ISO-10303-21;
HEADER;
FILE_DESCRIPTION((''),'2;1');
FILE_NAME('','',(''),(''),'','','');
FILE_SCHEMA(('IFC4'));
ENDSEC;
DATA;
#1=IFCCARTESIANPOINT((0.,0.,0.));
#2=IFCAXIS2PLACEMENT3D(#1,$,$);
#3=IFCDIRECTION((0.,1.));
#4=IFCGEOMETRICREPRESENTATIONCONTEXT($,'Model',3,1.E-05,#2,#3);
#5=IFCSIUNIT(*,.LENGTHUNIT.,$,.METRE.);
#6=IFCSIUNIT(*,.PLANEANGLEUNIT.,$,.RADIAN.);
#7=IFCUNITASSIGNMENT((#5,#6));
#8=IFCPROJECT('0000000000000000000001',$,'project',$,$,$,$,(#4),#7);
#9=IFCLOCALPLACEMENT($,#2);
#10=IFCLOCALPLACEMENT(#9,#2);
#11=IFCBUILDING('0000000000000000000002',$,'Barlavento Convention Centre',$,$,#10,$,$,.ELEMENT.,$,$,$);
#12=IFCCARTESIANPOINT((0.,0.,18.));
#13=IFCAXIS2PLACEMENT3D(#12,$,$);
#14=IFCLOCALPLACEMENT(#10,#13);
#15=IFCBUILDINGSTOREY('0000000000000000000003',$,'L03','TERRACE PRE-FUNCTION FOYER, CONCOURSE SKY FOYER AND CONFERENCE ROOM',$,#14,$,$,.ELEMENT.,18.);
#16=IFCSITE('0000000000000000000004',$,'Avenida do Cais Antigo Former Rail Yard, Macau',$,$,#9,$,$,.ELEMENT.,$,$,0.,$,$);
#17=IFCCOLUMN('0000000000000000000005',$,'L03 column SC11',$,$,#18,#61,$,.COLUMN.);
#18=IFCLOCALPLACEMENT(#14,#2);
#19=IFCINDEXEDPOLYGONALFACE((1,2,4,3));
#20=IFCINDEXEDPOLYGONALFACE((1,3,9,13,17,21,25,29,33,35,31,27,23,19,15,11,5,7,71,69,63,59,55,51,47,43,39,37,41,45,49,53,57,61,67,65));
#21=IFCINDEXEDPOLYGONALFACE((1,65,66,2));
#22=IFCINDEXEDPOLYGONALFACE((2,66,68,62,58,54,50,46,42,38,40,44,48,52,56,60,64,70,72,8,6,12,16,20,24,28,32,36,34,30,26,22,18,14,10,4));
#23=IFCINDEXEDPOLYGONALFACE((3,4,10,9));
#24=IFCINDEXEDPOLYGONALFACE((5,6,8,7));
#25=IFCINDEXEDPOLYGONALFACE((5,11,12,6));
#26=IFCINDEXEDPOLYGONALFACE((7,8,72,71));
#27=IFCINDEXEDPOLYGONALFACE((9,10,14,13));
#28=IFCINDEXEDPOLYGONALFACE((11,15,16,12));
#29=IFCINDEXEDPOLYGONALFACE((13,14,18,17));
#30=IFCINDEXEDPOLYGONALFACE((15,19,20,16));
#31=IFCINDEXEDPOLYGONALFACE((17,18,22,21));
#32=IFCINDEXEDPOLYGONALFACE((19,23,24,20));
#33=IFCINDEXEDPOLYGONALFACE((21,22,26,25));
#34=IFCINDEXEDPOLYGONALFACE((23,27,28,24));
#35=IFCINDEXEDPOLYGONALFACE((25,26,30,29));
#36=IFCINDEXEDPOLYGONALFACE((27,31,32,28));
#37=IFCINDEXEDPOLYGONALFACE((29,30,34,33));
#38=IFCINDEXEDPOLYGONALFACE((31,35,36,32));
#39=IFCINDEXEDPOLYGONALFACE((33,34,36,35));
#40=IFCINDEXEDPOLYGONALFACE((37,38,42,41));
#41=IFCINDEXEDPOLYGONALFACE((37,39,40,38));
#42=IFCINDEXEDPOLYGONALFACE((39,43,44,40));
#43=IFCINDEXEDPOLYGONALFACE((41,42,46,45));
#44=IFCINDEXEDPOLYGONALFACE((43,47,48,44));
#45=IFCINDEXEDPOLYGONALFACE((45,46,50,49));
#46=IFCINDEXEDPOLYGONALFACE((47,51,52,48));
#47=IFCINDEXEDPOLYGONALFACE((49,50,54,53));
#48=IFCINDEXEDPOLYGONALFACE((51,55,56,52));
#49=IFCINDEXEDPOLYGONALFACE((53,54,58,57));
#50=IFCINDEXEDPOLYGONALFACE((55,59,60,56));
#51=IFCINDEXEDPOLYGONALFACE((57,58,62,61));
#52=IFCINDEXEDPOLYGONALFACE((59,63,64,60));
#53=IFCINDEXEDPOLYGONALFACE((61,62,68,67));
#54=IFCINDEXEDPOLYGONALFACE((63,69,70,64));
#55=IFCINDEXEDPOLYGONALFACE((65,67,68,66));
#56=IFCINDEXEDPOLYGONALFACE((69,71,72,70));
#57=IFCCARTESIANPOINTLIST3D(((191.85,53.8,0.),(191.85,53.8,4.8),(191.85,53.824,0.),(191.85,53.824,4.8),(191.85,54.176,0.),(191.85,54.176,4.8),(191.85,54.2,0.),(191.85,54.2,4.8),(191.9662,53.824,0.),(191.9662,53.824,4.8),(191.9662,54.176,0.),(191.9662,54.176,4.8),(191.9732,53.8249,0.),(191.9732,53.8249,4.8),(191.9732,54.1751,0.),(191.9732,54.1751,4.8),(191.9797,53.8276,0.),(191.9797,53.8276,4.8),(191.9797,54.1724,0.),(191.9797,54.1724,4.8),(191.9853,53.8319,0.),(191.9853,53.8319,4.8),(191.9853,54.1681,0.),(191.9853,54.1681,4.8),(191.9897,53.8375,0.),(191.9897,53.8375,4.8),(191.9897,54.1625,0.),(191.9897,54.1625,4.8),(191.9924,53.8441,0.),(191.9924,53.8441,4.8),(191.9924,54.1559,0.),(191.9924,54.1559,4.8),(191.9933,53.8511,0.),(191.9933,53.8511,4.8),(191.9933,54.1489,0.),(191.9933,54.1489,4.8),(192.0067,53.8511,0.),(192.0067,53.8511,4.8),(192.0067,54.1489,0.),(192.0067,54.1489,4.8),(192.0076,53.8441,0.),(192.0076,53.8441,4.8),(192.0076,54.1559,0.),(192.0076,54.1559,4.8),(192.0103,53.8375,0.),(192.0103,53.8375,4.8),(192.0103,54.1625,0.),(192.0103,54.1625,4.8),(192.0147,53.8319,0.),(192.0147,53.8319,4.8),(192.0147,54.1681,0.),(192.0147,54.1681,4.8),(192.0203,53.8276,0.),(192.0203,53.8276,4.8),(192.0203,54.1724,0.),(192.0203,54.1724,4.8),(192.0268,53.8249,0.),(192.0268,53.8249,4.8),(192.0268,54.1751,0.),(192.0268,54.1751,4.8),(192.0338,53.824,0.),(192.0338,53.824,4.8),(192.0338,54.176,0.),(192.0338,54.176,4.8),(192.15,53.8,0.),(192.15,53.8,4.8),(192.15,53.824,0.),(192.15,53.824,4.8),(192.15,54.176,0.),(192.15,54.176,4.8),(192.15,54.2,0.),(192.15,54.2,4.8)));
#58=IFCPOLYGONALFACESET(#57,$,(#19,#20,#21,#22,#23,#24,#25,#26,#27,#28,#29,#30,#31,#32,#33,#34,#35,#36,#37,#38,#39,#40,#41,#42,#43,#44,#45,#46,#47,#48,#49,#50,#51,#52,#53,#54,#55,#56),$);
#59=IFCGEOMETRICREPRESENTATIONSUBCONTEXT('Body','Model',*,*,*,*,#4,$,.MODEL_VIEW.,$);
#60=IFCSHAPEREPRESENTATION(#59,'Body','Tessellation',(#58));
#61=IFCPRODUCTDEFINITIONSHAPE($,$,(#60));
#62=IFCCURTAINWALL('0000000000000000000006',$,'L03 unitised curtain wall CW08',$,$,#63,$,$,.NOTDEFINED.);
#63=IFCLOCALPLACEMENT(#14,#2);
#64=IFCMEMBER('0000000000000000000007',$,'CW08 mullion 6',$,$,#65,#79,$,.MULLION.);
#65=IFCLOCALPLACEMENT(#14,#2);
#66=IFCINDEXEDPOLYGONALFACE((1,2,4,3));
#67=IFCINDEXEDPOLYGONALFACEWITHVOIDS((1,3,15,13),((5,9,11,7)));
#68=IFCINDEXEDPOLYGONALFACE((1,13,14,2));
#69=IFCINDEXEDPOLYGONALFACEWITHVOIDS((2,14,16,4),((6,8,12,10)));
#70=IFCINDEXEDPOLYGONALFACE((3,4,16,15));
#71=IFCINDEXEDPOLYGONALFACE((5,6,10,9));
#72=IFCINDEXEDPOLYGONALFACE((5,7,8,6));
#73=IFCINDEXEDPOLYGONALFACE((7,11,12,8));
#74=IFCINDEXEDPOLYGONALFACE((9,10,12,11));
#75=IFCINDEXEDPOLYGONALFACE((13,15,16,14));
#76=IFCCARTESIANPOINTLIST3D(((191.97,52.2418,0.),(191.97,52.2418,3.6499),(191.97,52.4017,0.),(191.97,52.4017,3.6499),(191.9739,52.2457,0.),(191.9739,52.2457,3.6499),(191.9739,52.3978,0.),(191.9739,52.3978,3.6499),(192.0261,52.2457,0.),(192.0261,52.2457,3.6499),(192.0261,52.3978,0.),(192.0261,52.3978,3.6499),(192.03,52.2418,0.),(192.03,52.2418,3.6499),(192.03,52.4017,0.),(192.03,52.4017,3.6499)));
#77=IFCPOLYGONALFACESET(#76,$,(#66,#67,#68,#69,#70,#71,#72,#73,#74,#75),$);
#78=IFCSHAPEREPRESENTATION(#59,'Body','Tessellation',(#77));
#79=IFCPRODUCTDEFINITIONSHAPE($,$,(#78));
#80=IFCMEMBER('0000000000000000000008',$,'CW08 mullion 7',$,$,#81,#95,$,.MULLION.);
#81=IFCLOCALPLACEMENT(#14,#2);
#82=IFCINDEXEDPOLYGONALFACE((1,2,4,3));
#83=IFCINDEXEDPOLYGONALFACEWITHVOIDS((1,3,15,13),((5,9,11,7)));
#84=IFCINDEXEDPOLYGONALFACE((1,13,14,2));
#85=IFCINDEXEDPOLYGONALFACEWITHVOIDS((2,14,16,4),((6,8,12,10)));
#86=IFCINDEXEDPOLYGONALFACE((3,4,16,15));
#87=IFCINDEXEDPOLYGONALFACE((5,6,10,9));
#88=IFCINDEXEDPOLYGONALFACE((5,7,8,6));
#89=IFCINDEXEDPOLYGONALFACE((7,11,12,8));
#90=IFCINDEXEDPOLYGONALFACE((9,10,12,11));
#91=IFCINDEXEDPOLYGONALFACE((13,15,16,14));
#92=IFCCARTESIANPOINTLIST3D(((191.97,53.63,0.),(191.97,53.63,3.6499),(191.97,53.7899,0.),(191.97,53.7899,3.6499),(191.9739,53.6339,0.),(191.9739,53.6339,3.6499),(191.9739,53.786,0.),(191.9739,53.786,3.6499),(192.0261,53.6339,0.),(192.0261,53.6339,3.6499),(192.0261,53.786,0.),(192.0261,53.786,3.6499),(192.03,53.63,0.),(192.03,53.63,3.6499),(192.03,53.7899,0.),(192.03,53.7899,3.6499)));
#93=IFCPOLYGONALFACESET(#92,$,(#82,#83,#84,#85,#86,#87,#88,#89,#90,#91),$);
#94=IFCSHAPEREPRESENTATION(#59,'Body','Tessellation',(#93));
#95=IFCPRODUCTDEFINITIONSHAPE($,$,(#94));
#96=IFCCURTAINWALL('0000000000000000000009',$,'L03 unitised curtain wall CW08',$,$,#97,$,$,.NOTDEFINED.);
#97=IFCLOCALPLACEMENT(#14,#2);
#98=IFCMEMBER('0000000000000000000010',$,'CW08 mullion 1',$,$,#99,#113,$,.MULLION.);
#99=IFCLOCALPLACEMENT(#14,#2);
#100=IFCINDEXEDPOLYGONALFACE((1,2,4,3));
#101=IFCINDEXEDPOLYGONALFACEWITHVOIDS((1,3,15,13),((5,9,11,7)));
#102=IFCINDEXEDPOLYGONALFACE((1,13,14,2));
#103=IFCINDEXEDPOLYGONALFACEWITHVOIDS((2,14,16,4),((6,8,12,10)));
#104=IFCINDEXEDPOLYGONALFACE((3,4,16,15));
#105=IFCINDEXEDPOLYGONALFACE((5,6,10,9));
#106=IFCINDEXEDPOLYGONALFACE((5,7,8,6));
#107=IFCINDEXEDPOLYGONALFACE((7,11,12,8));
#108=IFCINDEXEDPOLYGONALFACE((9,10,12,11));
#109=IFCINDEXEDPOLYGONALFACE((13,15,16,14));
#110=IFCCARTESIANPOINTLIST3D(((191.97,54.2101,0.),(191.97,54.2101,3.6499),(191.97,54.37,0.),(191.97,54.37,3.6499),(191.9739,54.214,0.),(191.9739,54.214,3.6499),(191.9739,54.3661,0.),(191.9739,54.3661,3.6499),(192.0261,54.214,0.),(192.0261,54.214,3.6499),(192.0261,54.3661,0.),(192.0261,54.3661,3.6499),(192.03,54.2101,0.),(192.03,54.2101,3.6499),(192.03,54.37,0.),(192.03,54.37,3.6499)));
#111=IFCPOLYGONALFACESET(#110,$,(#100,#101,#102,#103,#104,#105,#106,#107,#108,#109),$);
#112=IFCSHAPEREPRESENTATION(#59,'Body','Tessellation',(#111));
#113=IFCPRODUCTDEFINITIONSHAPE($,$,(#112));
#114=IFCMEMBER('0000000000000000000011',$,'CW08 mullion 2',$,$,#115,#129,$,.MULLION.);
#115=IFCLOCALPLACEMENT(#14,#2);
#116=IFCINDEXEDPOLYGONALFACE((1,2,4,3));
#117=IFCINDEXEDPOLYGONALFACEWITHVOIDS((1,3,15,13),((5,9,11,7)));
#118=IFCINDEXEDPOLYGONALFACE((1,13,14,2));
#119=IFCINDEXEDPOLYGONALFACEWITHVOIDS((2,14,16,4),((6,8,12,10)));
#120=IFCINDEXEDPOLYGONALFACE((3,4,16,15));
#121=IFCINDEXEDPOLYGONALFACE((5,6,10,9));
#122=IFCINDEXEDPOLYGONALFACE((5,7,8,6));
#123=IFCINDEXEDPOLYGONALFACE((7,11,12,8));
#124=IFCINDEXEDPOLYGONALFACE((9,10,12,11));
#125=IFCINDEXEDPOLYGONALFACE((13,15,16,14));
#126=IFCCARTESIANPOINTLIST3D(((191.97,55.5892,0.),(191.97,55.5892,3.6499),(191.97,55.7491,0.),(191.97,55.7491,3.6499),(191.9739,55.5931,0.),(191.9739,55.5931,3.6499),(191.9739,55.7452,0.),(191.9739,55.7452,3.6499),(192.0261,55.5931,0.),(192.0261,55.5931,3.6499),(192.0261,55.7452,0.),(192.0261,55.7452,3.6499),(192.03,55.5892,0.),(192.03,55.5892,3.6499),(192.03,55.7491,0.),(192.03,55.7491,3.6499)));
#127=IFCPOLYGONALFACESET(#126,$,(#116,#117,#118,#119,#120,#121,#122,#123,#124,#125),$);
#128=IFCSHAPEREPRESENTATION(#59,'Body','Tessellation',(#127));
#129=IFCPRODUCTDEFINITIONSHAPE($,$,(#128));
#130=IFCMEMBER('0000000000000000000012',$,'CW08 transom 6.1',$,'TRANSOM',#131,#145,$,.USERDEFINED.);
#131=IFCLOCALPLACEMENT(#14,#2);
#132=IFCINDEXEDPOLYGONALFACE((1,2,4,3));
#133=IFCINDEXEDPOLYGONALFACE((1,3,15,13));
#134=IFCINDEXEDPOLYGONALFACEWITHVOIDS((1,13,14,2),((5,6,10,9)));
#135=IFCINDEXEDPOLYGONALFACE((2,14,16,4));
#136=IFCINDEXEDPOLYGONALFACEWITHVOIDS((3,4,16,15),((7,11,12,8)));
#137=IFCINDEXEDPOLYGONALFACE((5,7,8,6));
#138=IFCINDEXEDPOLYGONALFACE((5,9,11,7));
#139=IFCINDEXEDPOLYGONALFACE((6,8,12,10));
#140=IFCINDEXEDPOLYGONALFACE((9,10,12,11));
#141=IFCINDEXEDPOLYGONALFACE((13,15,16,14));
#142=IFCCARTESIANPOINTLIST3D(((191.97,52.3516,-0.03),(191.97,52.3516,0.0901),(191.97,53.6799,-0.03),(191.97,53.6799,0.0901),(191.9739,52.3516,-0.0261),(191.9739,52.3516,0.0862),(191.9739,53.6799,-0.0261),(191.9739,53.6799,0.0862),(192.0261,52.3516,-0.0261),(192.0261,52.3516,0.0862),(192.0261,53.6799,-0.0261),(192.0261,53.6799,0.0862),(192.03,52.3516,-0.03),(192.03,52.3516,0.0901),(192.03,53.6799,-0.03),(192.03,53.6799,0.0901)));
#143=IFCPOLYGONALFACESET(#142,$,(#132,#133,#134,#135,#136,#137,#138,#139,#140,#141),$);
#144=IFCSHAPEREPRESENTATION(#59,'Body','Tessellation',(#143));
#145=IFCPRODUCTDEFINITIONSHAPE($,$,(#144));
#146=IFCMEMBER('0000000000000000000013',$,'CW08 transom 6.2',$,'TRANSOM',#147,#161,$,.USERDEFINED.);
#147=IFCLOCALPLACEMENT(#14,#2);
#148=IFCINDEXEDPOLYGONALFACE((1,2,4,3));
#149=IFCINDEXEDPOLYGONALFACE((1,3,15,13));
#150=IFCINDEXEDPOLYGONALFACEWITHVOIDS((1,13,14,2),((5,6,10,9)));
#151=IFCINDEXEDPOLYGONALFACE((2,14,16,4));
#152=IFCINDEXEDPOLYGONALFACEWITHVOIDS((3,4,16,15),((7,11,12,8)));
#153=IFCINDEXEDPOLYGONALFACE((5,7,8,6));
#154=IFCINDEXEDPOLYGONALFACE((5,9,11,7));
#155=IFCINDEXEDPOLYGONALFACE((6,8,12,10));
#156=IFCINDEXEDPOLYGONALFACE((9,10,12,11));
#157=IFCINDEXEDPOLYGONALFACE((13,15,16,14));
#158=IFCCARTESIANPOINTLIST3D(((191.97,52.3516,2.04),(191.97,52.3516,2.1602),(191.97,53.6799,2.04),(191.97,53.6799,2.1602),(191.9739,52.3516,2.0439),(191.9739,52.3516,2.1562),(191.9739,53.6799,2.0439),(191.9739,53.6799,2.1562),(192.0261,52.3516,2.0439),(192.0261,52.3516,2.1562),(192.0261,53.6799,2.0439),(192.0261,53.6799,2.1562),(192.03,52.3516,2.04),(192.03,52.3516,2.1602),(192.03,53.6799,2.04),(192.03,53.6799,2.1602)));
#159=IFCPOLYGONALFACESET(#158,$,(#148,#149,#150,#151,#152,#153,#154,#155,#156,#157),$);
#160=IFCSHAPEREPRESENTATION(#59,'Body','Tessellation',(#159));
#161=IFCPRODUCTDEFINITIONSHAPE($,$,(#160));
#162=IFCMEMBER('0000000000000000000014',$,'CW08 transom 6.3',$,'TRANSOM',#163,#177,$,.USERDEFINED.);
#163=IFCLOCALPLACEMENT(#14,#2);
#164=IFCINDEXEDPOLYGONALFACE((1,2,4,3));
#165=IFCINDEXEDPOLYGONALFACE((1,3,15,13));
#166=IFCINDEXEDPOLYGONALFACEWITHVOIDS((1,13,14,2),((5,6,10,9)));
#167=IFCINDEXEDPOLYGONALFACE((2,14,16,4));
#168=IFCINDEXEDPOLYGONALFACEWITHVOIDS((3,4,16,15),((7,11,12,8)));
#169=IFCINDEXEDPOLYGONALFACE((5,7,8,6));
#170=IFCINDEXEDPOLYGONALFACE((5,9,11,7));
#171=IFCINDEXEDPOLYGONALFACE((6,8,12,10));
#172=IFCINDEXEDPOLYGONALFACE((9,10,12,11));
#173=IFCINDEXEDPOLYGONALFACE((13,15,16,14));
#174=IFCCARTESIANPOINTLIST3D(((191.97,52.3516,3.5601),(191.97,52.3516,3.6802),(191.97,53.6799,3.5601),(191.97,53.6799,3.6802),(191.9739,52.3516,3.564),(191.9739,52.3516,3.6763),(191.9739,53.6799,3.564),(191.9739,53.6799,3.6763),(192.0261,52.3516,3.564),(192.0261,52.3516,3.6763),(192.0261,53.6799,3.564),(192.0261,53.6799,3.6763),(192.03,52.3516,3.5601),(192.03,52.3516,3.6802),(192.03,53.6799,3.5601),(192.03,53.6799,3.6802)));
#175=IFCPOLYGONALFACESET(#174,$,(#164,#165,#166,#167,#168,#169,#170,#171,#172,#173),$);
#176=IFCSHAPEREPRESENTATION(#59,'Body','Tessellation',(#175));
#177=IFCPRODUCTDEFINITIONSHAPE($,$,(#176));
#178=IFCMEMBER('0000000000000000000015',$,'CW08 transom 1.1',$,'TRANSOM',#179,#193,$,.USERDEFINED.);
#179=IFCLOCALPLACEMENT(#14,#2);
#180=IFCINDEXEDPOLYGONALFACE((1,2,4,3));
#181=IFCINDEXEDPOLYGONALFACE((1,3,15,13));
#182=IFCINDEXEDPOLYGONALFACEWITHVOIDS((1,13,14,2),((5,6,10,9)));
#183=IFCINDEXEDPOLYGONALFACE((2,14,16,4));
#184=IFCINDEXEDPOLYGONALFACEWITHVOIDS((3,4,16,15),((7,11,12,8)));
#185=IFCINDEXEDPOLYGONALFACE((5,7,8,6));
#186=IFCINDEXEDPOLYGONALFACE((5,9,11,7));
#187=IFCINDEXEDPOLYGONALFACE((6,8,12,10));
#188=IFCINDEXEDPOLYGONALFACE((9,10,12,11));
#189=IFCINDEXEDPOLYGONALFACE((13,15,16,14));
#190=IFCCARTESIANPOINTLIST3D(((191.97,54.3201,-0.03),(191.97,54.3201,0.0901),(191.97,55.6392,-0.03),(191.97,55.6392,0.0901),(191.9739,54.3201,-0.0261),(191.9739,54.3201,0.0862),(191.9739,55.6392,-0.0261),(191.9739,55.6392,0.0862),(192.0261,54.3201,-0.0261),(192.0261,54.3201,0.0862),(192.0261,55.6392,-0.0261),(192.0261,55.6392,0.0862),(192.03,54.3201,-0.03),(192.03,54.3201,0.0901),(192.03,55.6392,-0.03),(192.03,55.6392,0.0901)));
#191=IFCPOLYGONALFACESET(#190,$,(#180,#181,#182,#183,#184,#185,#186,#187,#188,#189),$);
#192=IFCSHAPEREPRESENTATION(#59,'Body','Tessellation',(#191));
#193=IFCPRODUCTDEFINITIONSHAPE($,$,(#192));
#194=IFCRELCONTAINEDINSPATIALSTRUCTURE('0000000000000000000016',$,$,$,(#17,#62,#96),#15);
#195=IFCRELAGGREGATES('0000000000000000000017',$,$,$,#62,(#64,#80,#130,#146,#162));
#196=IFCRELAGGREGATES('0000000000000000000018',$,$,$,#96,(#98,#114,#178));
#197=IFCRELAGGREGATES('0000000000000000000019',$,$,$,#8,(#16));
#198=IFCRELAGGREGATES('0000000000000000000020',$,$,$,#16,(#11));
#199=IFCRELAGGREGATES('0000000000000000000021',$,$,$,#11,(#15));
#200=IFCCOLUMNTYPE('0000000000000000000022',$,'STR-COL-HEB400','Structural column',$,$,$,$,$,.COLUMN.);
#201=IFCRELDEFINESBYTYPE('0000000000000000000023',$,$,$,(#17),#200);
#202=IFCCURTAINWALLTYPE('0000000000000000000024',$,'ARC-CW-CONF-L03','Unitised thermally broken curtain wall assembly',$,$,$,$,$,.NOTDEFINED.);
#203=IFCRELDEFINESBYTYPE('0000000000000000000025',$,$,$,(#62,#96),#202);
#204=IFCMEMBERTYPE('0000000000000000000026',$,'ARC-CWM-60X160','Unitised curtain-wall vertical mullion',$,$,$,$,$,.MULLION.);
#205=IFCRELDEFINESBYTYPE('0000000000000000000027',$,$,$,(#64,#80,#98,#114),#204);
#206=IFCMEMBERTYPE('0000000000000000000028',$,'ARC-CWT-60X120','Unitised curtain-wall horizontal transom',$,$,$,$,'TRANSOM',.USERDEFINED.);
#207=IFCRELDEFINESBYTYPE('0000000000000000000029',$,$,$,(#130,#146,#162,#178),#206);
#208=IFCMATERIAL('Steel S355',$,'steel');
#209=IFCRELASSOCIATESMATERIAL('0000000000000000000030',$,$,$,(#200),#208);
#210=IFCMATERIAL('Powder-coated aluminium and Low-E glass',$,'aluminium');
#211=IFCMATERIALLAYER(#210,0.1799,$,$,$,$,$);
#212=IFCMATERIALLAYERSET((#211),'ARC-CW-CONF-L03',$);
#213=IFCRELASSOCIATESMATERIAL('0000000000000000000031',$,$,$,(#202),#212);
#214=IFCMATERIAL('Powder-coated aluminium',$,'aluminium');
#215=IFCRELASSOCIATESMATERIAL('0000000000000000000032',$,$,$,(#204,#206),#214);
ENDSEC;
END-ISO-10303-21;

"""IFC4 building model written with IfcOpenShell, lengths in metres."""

from ifc_helpers import new_model, si_unit, direction, frame, origin, origin_2d, place, context, subcontext, project, spatial, hollow_rectangle, i_section, extrude, material, layer, layer_set, material_profile, profile_set, type_object, element, aggregate, save


model = new_model("IFC4")

# Units and contexts
model_context = context("Model", 3, precision=1e-05, world=origin(), true_north=direction((0.0, 1.0)))
body_context = subcontext(model_context, "Body", "Model", "MODEL_VIEW")
ifc_project = project(units=[si_unit("LENGTHUNIT", "METRE"), si_unit("PLANEANGLEUNIT", "RADIAN")], contexts=[model_context])

# Site, building, storey
site_placement = place(None, origin())
site = spatial("IfcSite", under=ifc_project, at=site_placement, Name="Avenida do Cais Antigo Former Rail Yard, Macau", CompositionType="ELEMENT", RefElevation=0.0)
building_placement = place(site_placement, origin())
building = spatial("IfcBuilding", under=site, at=building_placement, Name="Barlavento Convention Centre", CompositionType="ELEMENT")
storey_placement = place(building_placement, frame((0.0, 0.0, 18.0)))
storey = spatial("IfcBuildingStorey", under=building, at=storey_placement, Name="L03", Description="TERRACE PRE-FUNCTION FOYER, CONCOURSE SKY FOYER AND CONFERENCE ROOM", CompositionType="ELEMENT", Elevation=18.0)

# Column
ifc_material_1 = material(Name="Steel S355", Category="steel")
ifc_material_profile_1 = material_profile(ifc_material_1, i_section(OverallWidth=0.3, OverallDepth=0.3999, WebThickness=0.0134, FlangeThickness=0.0239, FilletRadius=0.0271, at=origin_2d()), Name="HEB 400")
ifc_profile_set_1 = profile_set([ifc_material_profile_1], Name="Steel S355")
column_type = type_object("IfcColumnType", Name="STR-COL-HEB400", Description="Structural column", PredefinedType="COLUMN", material=ifc_profile_set_1)
column_placement = place(storey_placement, frame((192.0, 54.0, 0.0), z_axis=(0.0, 0.0, 1.0), x_axis=(1.0, 0.0, 0.0)))
element("IfcColumn", 1, at=column_placement, inside=storey, type_object=column_type, Name="L03 column SC11", PredefinedType="COLUMN", context=body_context, shape_type="SweptSolid", body=[
    extrude(i_section(OverallWidth=0.3, OverallDepth=0.3999, WebThickness=0.0134, FlangeThickness=0.0239, FilletRadius=0.0271, at=origin_2d()), origin(), (0.0, 0.0, 1.0), 4.8),
])

# Curtain walls, members
ifc_material_2 = material(Name="Powder-coated aluminium and Low-E glass", Category="aluminium")
ifc_layer_1 = layer(ifc_material_2, 0.1799)
ifc_layer_set_1 = layer_set([ifc_layer_1], Name="ARC-CW-CONF-L03")
curtain_wall_type = type_object("IfcCurtainWallType", Name="ARC-CW-CONF-L03", Description="Unitised thermally broken curtain wall assembly", PredefinedType="NOTDEFINED", material=ifc_layer_set_1)
curtain_wall_1_placement = place(storey_placement, origin())
curtain_wall_1 = element("IfcCurtainWall", 2, at=curtain_wall_1_placement, inside=storey, type_object=curtain_wall_type, Name="L03 unitised curtain wall CW08", PredefinedType="NOTDEFINED")
ifc_material_3 = material(Name="Powder-coated aluminium", Category="aluminium")
ifc_material_profile_2 = material_profile(ifc_material_3, hollow_rectangle(XDim=0.0601, YDim=0.1599, WallThickness=0.0039, at=origin_2d()), Name="AL-MULL 60x160x4")
ifc_profile_set_2 = profile_set([ifc_material_profile_2], Name="Powder-coated aluminium")
member_type_1 = type_object("IfcMemberType", Name="ARC-CWM-60X160", Description="Unitised curtain-wall vertical mullion", PredefinedType="MULLION", material=ifc_profile_set_2)
member_1_placement = place(storey_placement, frame((192.0, 52.3218, 0.0), z_axis=(0.0, 0.0, 1.0), x_axis=(-1.0, 0.0, 0.0)))
member_1 = element("IfcMember", 3, at=member_1_placement, type_object=member_type_1, Name="CW08 mullion 6", PredefinedType="MULLION", context=body_context, shape_type="SweptSolid", body=[
    extrude(hollow_rectangle(XDim=0.0601, YDim=0.1599, WallThickness=0.0039, at=origin_2d()), origin(), (0.0, 0.0, 1.0), 3.6499),
])
member_2_placement = place(storey_placement, frame((192.0, 53.71, 0.0), z_axis=(0.0, 0.0, 1.0), x_axis=(-1.0, 0.0, 0.0)))
member_2 = element("IfcMember", 4, at=member_2_placement, type_object=member_type_1, Name="CW08 mullion 7", PredefinedType="MULLION", context=body_context, shape_type="SweptSolid", body=[
    extrude(hollow_rectangle(XDim=0.0601, YDim=0.1599, WallThickness=0.0039, at=origin_2d()), origin(), (0.0, 0.0, 1.0), 3.6499),
])
curtain_wall_2_placement = place(storey_placement, origin())
curtain_wall_2 = element("IfcCurtainWall", 5, at=curtain_wall_2_placement, inside=storey, type_object=curtain_wall_type, Name="L03 unitised curtain wall CW08", PredefinedType="NOTDEFINED")
member_3_placement = place(storey_placement, frame((192.0, 54.29, 0.0), z_axis=(0.0, 0.0, 1.0), x_axis=(-1.0, 0.0, 0.0)))
member_3 = element("IfcMember", 6, at=member_3_placement, type_object=member_type_1, Name="CW08 mullion 1", PredefinedType="MULLION", context=body_context, shape_type="SweptSolid", body=[
    extrude(hollow_rectangle(XDim=0.0601, YDim=0.1599, WallThickness=0.0039, at=origin_2d()), origin(), (0.0, 0.0, 1.0), 3.6499),
])
member_4_placement = place(storey_placement, frame((192.0, 55.6692, 0.0), z_axis=(0.0, 0.0, 1.0), x_axis=(-1.0, 0.0, 0.0)))
member_4 = element("IfcMember", 7, at=member_4_placement, type_object=member_type_1, Name="CW08 mullion 2", PredefinedType="MULLION", context=body_context, shape_type="SweptSolid", body=[
    extrude(hollow_rectangle(XDim=0.0601, YDim=0.1599, WallThickness=0.0039, at=origin_2d()), origin(), (0.0, 0.0, 1.0), 3.6499),
])

# Members
ifc_material_profile_3 = material_profile(ifc_material_3, hollow_rectangle(XDim=0.0601, YDim=0.1201, WallThickness=0.0039, at=origin_2d()), Name="AL-TRAN 60x120x4")
ifc_profile_set_3 = profile_set([ifc_material_profile_3], Name="Powder-coated aluminium")
member_type_2 = type_object("IfcMemberType", Name="ARC-CWT-60X120", Description="Unitised curtain-wall horizontal transom", ElementType="TRANSOM", PredefinedType="USERDEFINED", material=ifc_profile_set_3)
member_5_placement = place(storey_placement, frame((192.0, 52.3516, 0.03), z_axis=(0.0, 1.0, 0.0), x_axis=(-1.0, 0.0, 0.0)))
member_5 = element("IfcMember", 8, at=member_5_placement, type_object=member_type_2, Name="CW08 transom 6.1", ObjectType="TRANSOM", PredefinedType="USERDEFINED", context=body_context, shape_type="SweptSolid", body=[
    extrude(hollow_rectangle(XDim=0.0601, YDim=0.1201, WallThickness=0.0039, at=origin_2d()), origin(), (0.0, 0.0, 1.0), 1.3284),
])
member_6_placement = place(storey_placement, frame((192.0, 52.3516, 2.1001), z_axis=(0.0, 1.0, 0.0), x_axis=(-1.0, 0.0, 0.0)))
member_6 = element("IfcMember", 9, at=member_6_placement, type_object=member_type_2, Name="CW08 transom 6.2", ObjectType="TRANSOM", PredefinedType="USERDEFINED", context=body_context, shape_type="SweptSolid", body=[
    extrude(hollow_rectangle(XDim=0.0601, YDim=0.1201, WallThickness=0.0039, at=origin_2d()), origin(), (0.0, 0.0, 1.0), 1.3284),
])
member_7_placement = place(storey_placement, frame((192.0, 52.3516, 3.6201), z_axis=(0.0, 1.0, 0.0), x_axis=(-1.0, 0.0, 0.0)))
member_7 = element("IfcMember", 10, at=member_7_placement, type_object=member_type_2, Name="CW08 transom 6.3", ObjectType="TRANSOM", PredefinedType="USERDEFINED", context=body_context, shape_type="SweptSolid", body=[
    extrude(hollow_rectangle(XDim=0.0601, YDim=0.1201, WallThickness=0.0039, at=origin_2d()), origin(), (0.0, 0.0, 1.0), 1.3284),
])
member_8_placement = place(storey_placement, frame((192.0, 54.3201, 0.03), z_axis=(0.0, 1.0, 0.0), x_axis=(-1.0, 0.0, 0.0)))
member_8 = element("IfcMember", 11, at=member_8_placement, type_object=member_type_2, Name="CW08 transom 1.1", ObjectType="TRANSOM", PredefinedType="USERDEFINED", context=body_context, shape_type="SweptSolid", body=[
    extrude(hollow_rectangle(XDim=0.0601, YDim=0.1201, WallThickness=0.0039, at=origin_2d()), origin(), (0.0, 0.0, 1.0), 1.3191),
])

aggregate(curtain_wall_1, [member_1, member_2, member_5, member_6, member_7])
aggregate(curtain_wall_2, [member_3, member_4, member_8])

save(model, "model.ifc")
